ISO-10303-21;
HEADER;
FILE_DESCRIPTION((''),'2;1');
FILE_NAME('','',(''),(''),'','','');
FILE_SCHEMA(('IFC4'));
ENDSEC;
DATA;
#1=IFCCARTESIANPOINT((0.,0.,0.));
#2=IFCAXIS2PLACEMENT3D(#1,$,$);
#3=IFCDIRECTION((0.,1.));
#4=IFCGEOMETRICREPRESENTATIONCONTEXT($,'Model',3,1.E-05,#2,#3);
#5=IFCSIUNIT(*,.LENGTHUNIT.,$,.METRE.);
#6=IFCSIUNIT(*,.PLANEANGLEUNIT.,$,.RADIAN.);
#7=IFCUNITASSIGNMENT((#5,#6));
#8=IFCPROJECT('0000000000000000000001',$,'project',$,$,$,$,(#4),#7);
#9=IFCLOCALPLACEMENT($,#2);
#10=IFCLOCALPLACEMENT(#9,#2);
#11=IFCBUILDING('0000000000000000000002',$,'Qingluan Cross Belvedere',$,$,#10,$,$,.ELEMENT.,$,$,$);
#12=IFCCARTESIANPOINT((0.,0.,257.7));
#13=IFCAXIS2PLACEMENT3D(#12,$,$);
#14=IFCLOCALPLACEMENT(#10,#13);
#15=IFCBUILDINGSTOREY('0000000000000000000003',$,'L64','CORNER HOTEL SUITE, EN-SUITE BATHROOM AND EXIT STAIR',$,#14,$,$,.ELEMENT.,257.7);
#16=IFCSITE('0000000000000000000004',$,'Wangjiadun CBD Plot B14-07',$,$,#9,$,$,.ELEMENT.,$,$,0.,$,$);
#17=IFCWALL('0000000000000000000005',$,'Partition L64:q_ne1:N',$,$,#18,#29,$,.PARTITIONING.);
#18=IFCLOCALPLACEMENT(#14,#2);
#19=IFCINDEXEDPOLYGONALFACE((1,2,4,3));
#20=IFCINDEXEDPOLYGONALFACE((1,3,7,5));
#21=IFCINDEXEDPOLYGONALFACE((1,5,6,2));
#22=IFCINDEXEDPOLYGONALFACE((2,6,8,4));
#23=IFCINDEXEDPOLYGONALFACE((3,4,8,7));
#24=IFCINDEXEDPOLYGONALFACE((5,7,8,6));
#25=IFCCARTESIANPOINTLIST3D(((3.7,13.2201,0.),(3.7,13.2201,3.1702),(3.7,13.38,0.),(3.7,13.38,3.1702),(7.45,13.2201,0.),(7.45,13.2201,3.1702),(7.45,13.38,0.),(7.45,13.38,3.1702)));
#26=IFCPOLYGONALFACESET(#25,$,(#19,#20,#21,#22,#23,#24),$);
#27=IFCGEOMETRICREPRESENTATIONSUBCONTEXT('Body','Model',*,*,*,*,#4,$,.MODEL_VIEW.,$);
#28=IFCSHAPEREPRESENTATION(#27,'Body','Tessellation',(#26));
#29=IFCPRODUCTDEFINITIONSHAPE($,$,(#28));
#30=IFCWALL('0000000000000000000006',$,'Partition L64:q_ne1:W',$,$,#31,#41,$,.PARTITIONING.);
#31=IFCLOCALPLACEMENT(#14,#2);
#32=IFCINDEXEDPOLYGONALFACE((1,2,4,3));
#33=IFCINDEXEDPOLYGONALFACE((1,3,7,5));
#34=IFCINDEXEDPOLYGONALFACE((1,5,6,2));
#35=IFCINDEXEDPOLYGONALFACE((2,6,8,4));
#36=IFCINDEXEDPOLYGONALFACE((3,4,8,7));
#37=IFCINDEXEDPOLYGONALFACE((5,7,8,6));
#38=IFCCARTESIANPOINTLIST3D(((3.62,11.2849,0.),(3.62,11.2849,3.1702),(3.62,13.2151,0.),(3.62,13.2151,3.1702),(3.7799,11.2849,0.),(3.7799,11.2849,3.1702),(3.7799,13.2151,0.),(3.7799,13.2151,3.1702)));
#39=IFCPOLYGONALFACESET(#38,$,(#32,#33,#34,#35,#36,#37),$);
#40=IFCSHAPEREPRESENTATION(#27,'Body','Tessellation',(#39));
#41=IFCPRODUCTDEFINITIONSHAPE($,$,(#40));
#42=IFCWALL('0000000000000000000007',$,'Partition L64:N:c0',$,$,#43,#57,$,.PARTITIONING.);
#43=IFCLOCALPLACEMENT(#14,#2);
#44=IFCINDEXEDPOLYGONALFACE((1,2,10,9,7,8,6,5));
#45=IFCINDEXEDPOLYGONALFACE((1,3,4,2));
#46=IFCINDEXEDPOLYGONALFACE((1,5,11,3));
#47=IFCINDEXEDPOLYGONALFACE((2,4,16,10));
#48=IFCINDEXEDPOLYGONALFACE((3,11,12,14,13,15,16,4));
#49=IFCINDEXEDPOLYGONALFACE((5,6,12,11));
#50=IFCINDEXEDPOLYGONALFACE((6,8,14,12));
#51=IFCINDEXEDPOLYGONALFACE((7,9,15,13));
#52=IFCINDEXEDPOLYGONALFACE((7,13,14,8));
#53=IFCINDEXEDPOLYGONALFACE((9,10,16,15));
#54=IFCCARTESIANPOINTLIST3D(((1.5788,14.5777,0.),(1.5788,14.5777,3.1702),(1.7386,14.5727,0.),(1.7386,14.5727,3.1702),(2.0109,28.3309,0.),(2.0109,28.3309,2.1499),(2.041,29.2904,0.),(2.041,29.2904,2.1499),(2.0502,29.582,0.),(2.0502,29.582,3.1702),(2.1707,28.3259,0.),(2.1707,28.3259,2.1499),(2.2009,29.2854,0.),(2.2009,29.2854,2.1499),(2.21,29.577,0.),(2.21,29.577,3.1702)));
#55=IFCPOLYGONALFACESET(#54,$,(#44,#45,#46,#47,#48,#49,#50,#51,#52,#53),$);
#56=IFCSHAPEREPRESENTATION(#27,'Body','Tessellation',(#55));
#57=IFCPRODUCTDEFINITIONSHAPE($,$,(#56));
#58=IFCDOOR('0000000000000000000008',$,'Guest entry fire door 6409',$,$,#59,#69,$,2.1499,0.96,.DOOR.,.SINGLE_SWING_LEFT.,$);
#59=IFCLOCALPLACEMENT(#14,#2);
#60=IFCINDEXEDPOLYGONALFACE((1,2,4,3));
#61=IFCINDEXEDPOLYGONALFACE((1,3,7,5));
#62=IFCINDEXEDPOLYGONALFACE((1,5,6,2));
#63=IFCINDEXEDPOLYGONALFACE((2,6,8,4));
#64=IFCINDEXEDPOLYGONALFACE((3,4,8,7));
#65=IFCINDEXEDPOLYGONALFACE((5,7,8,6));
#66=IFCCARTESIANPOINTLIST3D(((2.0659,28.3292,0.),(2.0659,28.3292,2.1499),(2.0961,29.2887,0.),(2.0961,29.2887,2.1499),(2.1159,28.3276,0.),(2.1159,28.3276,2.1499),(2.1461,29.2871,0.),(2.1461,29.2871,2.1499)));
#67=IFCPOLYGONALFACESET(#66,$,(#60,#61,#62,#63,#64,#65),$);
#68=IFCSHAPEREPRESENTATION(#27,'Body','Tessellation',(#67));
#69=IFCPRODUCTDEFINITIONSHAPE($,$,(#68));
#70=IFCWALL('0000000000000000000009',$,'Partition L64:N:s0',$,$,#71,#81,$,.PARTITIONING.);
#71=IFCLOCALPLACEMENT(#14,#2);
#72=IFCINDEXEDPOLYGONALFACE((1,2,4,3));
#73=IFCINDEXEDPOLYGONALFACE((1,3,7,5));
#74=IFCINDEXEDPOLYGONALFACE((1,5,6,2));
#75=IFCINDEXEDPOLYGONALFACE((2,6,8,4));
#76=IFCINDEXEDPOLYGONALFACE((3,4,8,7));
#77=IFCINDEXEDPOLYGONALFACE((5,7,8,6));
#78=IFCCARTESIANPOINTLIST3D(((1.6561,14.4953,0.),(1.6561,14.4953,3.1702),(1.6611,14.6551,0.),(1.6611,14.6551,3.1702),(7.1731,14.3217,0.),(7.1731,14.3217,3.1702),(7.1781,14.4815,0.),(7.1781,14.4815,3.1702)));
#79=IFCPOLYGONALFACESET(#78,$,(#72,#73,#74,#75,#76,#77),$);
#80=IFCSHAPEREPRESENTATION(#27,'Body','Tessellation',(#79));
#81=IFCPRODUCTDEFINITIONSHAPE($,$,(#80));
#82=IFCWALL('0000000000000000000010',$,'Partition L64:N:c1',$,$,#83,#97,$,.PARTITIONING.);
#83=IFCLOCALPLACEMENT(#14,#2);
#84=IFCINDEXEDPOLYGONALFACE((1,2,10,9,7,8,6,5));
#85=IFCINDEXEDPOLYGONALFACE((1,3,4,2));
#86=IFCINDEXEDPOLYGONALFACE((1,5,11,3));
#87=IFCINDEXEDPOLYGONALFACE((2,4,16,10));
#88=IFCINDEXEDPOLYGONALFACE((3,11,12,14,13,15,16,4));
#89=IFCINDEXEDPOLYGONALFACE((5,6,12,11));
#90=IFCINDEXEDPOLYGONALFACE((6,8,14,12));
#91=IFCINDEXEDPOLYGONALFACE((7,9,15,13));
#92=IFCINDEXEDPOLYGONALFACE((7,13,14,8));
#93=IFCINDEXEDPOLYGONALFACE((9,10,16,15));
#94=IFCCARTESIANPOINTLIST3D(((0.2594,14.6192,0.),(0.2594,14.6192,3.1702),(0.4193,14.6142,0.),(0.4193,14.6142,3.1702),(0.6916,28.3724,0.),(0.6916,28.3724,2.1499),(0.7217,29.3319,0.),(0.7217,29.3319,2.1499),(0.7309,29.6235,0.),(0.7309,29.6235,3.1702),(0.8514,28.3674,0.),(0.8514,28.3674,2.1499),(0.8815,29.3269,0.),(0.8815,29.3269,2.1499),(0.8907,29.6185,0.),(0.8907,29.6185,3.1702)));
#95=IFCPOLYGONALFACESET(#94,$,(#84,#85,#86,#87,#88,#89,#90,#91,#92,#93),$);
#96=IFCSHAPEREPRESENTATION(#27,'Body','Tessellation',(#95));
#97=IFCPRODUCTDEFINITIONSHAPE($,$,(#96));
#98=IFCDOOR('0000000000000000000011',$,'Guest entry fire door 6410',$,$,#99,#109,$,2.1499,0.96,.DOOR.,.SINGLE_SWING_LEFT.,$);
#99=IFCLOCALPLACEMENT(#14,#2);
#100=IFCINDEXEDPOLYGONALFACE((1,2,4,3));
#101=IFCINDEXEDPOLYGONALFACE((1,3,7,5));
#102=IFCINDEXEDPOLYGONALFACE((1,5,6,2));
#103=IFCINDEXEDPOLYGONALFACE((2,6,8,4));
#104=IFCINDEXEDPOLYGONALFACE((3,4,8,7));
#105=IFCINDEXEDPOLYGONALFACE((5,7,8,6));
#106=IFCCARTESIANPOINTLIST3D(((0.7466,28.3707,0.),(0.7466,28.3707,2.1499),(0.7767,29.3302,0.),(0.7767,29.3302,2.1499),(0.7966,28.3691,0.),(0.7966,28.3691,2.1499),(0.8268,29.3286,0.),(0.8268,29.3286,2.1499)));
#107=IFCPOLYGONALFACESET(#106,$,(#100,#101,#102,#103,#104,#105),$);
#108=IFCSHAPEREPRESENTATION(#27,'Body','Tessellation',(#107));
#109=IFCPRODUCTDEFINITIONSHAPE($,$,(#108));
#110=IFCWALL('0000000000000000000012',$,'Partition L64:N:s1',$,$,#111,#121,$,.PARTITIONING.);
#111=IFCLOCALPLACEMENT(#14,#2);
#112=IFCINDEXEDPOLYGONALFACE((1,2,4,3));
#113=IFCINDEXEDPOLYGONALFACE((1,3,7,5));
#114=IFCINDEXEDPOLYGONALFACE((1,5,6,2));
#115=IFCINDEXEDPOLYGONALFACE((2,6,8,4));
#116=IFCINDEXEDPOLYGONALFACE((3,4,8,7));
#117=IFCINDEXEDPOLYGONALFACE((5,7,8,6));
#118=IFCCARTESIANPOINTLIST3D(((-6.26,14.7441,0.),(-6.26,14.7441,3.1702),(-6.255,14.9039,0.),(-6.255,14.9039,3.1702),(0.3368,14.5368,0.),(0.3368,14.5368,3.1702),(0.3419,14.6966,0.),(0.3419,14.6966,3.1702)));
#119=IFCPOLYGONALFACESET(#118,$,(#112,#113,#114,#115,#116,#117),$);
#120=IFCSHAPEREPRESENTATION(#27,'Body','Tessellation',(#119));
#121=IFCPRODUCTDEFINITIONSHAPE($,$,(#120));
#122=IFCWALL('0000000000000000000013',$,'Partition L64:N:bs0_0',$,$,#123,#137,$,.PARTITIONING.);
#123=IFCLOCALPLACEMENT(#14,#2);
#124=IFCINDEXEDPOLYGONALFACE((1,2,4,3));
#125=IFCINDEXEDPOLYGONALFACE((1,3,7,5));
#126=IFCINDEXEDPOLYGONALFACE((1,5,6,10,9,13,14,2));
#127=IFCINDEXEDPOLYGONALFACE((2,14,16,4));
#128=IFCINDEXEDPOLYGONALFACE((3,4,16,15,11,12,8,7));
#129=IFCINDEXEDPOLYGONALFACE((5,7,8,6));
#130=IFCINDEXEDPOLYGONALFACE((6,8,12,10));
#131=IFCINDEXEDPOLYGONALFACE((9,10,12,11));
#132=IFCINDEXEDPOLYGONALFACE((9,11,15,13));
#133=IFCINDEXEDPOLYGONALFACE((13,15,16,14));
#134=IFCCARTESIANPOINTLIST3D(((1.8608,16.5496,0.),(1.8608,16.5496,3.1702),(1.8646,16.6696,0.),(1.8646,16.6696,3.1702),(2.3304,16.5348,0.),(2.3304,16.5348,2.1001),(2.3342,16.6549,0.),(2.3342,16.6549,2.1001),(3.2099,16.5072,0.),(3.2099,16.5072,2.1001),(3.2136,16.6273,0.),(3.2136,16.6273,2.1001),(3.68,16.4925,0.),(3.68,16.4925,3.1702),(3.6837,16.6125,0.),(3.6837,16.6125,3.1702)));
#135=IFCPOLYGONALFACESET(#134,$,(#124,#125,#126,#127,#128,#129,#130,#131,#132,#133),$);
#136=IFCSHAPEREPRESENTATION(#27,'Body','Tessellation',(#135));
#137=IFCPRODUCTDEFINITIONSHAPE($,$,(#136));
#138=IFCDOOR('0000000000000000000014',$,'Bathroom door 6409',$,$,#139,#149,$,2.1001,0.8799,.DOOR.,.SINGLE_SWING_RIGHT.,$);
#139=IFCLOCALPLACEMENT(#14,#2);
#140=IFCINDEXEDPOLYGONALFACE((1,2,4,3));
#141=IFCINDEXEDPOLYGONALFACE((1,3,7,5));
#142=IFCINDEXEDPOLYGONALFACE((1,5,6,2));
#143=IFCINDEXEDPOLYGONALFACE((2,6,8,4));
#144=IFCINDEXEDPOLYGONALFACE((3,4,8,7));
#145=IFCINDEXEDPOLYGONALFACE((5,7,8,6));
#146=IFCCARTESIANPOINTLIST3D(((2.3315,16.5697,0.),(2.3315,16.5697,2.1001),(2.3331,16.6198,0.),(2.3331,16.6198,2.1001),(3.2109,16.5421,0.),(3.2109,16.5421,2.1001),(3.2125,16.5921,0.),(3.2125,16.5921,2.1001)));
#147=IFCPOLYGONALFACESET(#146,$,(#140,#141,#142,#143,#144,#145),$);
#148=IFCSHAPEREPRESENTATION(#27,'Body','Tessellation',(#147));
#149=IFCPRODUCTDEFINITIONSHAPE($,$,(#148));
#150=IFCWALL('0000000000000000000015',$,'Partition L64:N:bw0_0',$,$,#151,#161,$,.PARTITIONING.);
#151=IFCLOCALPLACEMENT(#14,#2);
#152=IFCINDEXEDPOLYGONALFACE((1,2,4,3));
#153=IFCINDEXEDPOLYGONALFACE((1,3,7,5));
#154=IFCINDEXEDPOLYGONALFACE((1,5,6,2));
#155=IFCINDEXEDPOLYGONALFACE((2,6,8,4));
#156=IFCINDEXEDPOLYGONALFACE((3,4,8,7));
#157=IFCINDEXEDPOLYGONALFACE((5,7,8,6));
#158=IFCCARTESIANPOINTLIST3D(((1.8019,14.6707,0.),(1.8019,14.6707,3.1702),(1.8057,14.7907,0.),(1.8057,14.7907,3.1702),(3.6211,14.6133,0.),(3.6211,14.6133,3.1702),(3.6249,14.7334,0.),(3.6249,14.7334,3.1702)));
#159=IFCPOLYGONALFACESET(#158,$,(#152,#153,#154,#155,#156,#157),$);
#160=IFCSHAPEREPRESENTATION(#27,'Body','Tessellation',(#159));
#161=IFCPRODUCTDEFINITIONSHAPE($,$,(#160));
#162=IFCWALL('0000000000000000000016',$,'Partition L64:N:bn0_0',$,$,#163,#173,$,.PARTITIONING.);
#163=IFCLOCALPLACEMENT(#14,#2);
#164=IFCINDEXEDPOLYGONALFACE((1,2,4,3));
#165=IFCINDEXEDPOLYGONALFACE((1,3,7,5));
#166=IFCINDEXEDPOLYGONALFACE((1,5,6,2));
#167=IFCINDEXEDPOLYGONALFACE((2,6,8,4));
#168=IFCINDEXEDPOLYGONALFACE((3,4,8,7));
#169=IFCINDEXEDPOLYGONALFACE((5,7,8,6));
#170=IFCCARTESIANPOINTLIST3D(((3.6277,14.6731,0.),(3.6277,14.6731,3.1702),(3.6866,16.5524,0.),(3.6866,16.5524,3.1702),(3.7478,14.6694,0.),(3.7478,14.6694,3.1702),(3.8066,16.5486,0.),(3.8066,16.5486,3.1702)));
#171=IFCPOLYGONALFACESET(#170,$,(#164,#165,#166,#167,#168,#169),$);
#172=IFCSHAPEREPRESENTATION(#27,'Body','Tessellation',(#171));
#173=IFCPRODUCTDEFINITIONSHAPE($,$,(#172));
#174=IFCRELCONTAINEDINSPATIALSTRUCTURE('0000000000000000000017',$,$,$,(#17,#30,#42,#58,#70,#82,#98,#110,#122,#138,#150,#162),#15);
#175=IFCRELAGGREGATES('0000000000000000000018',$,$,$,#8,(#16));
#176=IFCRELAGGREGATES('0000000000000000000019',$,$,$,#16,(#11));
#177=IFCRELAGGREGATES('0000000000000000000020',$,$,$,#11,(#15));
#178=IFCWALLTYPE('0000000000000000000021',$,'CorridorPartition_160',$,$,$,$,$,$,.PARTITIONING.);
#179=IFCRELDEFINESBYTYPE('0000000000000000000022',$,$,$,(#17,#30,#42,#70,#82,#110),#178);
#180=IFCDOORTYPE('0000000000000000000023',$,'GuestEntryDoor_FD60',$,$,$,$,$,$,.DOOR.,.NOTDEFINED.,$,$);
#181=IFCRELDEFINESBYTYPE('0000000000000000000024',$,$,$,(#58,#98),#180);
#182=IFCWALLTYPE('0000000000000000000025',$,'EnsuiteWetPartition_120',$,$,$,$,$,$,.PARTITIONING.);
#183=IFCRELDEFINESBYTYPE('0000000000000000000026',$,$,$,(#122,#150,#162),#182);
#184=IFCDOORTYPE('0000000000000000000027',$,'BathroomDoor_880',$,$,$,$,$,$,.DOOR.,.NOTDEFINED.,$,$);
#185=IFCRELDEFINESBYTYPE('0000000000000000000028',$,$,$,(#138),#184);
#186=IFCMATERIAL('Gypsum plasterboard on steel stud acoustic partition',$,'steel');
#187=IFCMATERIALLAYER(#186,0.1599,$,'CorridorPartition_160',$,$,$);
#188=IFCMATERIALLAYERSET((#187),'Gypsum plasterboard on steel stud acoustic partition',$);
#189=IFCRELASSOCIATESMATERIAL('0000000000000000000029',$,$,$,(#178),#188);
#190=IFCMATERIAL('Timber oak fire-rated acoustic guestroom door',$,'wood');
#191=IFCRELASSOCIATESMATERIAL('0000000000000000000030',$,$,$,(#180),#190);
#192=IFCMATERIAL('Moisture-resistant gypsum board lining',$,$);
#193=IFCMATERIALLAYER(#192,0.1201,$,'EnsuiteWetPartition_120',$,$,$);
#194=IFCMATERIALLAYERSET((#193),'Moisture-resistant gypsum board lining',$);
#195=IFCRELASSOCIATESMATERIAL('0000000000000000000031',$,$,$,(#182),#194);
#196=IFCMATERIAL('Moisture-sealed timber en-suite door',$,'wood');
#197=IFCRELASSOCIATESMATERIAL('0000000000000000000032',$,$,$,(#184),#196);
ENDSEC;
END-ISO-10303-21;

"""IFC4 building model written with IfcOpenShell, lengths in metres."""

from ifc_helpers import new_model, si_unit, direction, frame, frame_2d, origin, place, context, subcontext, project, spatial, rectangle, extrude, material, layer, layer_set, type_object, element, fill, save


model = new_model("IFC4")

# Units and contexts
model_context = context("Model", 3, precision=1e-05, world=origin(), true_north=direction((0.0, 1.0)))
body_context = subcontext(model_context, "Body", "Model", "MODEL_VIEW")
ifc_project = project(units=[si_unit("LENGTHUNIT", "METRE"), si_unit("PLANEANGLEUNIT", "RADIAN")], contexts=[model_context])

# Site, building, storey
site_placement = place(None, origin())
site = spatial("IfcSite", under=ifc_project, at=site_placement, Name="Wangjiadun CBD Plot B14-07", CompositionType="ELEMENT", RefElevation=0.0)
building_placement = place(site_placement, origin())
building = spatial("IfcBuilding", under=site, at=building_placement, Name="Qingluan Cross Belvedere", CompositionType="ELEMENT")
storey_placement = place(building_placement, frame((0.0, 0.0, 257.7)))
storey = spatial("IfcBuildingStorey", under=building, at=storey_placement, Name="L64", Description="CORNER HOTEL SUITE, EN-SUITE BATHROOM AND EXIT STAIR", CompositionType="ELEMENT", Elevation=257.7)

# Walls
ifc_material_1 = material(Name="Gypsum plasterboard on steel stud acoustic partition", Category="steel")
ifc_layer_1 = layer(ifc_material_1, 0.1599, Name="CorridorPartition_160")
ifc_layer_set_1 = layer_set([ifc_layer_1], Name="Gypsum plasterboard on steel stud acoustic partition")
wall_type_1 = type_object("IfcWallType", Name="CorridorPartition_160", PredefinedType="PARTITIONING", material=ifc_layer_set_1)
wall_1_placement = place(storey_placement, frame((3.7, 13.3, 0.0), z_axis=(0.0, 0.0, 1.0), x_axis=(1.0, 0.0, 0.0)))
element("IfcWall", 1, at=wall_1_placement, inside=storey, type_object=wall_type_1, Name="Partition L64:q_ne1:N", PredefinedType="PARTITIONING", context=body_context, shape_type="SweptSolid", body=[
    extrude(rectangle(XDim=3.75, YDim=0.1599, at=frame_2d((1.875, 0.0))), origin(), (0.0, 0.0, 1.0), 3.1702),
])
wall_2_placement = place(storey_placement, frame((3.7, 11.2849, 0.0), z_axis=(0.0, 0.0, 1.0), x_axis=(0.0, 1.0, 0.0)))
element("IfcWall", 2, at=wall_2_placement, inside=storey, type_object=wall_type_1, Name="Partition L64:q_ne1:W", PredefinedType="PARTITIONING", context=body_context, shape_type="SweptSolid", body=[
    extrude(rectangle(XDim=1.9302, YDim=0.1599, at=frame_2d((0.9651, 0.0))), origin(), (0.0, 0.0, 1.0), 3.1702),
])

# Wall, opening, door
wall_3_placement = place(storey_placement, frame((1.6587, 14.5752, 0.0), z_axis=(0.0, 0.0, 1.0), x_axis=(0.031404, 0.999507, 0.0)))
wall_3 = element("IfcWall", 3, at=wall_3_placement, inside=storey, type_object=wall_type_1, Name="Partition L64:N:c0", PredefinedType="PARTITIONING", context=body_context, shape_type="SweptSolid", body=[
    extrude(rectangle(XDim=15.0117, YDim=0.1599, at=frame_2d((7.5059, 0.0))), origin(), (0.0, 0.0, 1.0), 3.1702),
])
opening_1_placement = place(wall_3_placement, frame((13.76, 0.0, 0.0)))
opening_1 = element("IfcOpeningElement", 4, at=opening_1_placement, cuts=wall_3, PredefinedType="OPENING", context=body_context, shape_type="SweptSolid", body=[
    extrude(rectangle(XDim=0.96, YDim=2.1499, at=frame_2d((0.48, 1.075))), frame((0.0, 0.0898, 0.0), z_axis=(0.0, -1.0, 0.0), x_axis=(1.0, 0.0, 0.0)), (0.0, 0.0, 1.0), 0.1799),
])
ifc_material_2 = material(Name="Timber oak fire-rated acoustic guestroom door", Category="wood")
door_type_1 = type_object("IfcDoorType", Name="GuestEntryDoor_FD60", OperationType="NOTDEFINED", PredefinedType="DOOR", material=ifc_material_2)
door_1_placement = place(opening_1_placement, origin())
door_1 = element("IfcDoor", 5, at=door_1_placement, inside=storey, type_object=door_type_1, Name="Guest entry fire door 6409", OperationType="SINGLE_SWING_LEFT", OverallHeight=2.1499, OverallWidth=0.96, PredefinedType="DOOR", context=body_context, shape_type="SweptSolid", body=[
    extrude(rectangle(XDim=0.96, YDim=2.1499, at=frame_2d((0.48, 1.075))), frame((0.0, 0.0249, 0.0), z_axis=(0.0, -1.0, 0.0), x_axis=(1.0, 0.0, 0.0)), (0.0, 0.0, 1.0), 0.05),
])
fill(opening_1, door_1)

# Wall
wall_4_placement = place(storey_placement, frame((1.6587, 14.5752, 0.0), z_axis=(0.0, 0.0, 1.0), x_axis=(0.999505, -0.031447, 0.0)))
element("IfcWall", 6, at=wall_4_placement, inside=storey, type_object=wall_type_1, Name="Partition L64:N:s0", PredefinedType="PARTITIONING", context=body_context, shape_type="SweptSolid", body=[
    extrude(rectangle(XDim=5.5198, YDim=0.1599, at=frame_2d((2.7598, 0.0))), origin(), (0.0, 0.0, 1.0), 3.1702),
])

# Wall, opening, door
wall_5_placement = place(storey_placement, frame((0.3394, 14.6167, 0.0), z_axis=(0.0, 0.0, 1.0), x_axis=(0.031404, 0.999507, 0.0)))
wall_5 = element("IfcWall", 7, at=wall_5_placement, inside=storey, type_object=wall_type_1, Name="Partition L64:N:c1", PredefinedType="PARTITIONING", context=body_context, shape_type="SweptSolid", body=[
    extrude(rectangle(XDim=15.0117, YDim=0.1599, at=frame_2d((7.5059, 0.0))), origin(), (0.0, 0.0, 1.0), 3.1702),
])
opening_2_placement = place(wall_5_placement, frame((13.76, 0.0, 0.0)))
opening_2 = element("IfcOpeningElement", 8, at=opening_2_placement, cuts=wall_5, PredefinedType="OPENING", context=body_context, shape_type="SweptSolid", body=[
    extrude(rectangle(XDim=0.96, YDim=2.1499, at=frame_2d((0.48, 1.075))), frame((0.0, 0.0898, 0.0), z_axis=(0.0, -1.0, 0.0), x_axis=(1.0, 0.0, 0.0)), (0.0, 0.0, 1.0), 0.1799),
])
door_2_placement = place(opening_2_placement, origin())
door_2 = element("IfcDoor", 9, at=door_2_placement, inside=storey, type_object=door_type_1, Name="Guest entry fire door 6410", OperationType="SINGLE_SWING_LEFT", OverallHeight=2.1499, OverallWidth=0.96, PredefinedType="DOOR", context=body_context, shape_type="SweptSolid", body=[
    extrude(rectangle(XDim=0.96, YDim=2.1499, at=frame_2d((0.48, 1.075))), frame((0.0, 0.0249, 0.0), z_axis=(0.0, -1.0, 0.0), x_axis=(1.0, 0.0, 0.0)), (0.0, 0.0, 1.0), 0.05),
])
fill(opening_2, door_2)

# Wall
wall_6_placement = place(storey_placement, frame((0.3394, 14.6167, 0.0), z_axis=(0.0, 0.0, 1.0), x_axis=(-0.999507, 0.031405, 0.0)))
element("IfcWall", 10, at=wall_6_placement, inside=storey, type_object=wall_type_1, Name="Partition L64:N:s1", PredefinedType="PARTITIONING", context=body_context, shape_type="SweptSolid", body=[
    extrude(rectangle(XDim=6.6001, YDim=0.1599, at=frame_2d((3.3, 0.0))), origin(), (0.0, 0.0, 1.0), 3.1702),
])

# Wall, opening, door
ifc_material_3 = material(Name="Moisture-resistant gypsum board lining")
ifc_layer_2 = layer(ifc_material_3, 0.1201, Name="EnsuiteWetPartition_120")
ifc_layer_set_2 = layer_set([ifc_layer_2], Name="Moisture-resistant gypsum board lining")
wall_type_2 = type_object("IfcWallType", Name="EnsuiteWetPartition_120", PredefinedType="PARTITIONING", material=ifc_layer_set_2)
wall_7_placement = place(storey_placement, frame((1.8625, 16.6096, 0.0), z_axis=(0.0, 0.0, 1.0), x_axis=(0.999507, -0.03139, 0.0)))
wall_7 = element("IfcWall", 11, at=wall_7_placement, inside=storey, type_object=wall_type_2, Name="Partition L64:N:bs0_0", PredefinedType="PARTITIONING", context=body_context, shape_type="SweptSolid", body=[
    extrude(rectangle(XDim=1.8201, YDim=0.1201, at=frame_2d((0.9102, 0.0))), origin(), (0.0, 0.0, 1.0), 3.1702),
])
opening_3_placement = place(wall_7_placement, frame((0.47, 0.0, 0.0)))
opening_3 = element("IfcOpeningElement", 12, at=opening_3_placement, cuts=wall_7, PredefinedType="OPENING", context=body_context, shape_type="SweptSolid", body=[
    extrude(rectangle(XDim=0.8799, YDim=2.1001, at=frame_2d((0.4399, 1.05))), frame((0.0, 0.0701, 0.0), z_axis=(0.0, -1.0, 0.0), x_axis=(1.0, 0.0, 0.0)), (0.0, 0.0, 1.0), 0.1401),
])
ifc_material_4 = material(Name="Moisture-sealed timber en-suite door", Category="wood")
door_type_2 = type_object("IfcDoorType", Name="BathroomDoor_880", OperationType="NOTDEFINED", PredefinedType="DOOR", material=ifc_material_4)
door_3_placement = place(opening_3_placement, origin())
door_3 = element("IfcDoor", 13, at=door_3_placement, inside=storey, type_object=door_type_2, Name="Bathroom door 6409", OperationType="SINGLE_SWING_RIGHT", OverallHeight=2.1001, OverallWidth=0.8799, PredefinedType="DOOR", context=body_context, shape_type="SweptSolid", body=[
    extrude(rectangle(XDim=0.8799, YDim=2.1001, at=frame_2d((0.4399, 1.05))), frame((0.0, 0.0249, 0.0), z_axis=(0.0, -1.0, 0.0), x_axis=(1.0, 0.0, 0.0)), (0.0, 0.0, 1.0), 0.05),
])
fill(opening_3, door_3)

# Walls
wall_8_placement = place(storey_placement, frame((1.8037, 14.7307, 0.0), z_axis=(0.0, 0.0, 1.0), x_axis=(0.999503, -0.031524, 0.0)))
element("IfcWall", 14, at=wall_8_placement, inside=storey, type_object=wall_type_2, Name="Partition L64:N:bw0_0", PredefinedType="PARTITIONING", context=body_context, shape_type="SweptSolid", body=[
    extrude(rectangle(XDim=1.8201, YDim=0.1201, at=frame_2d((0.9102, 0.0))), origin(), (0.0, 0.0, 1.0), 3.1702),
])
wall_9_placement = place(storey_placement, frame((3.6877, 14.6714, 0.0), z_axis=(0.0, 0.0, 1.0), x_axis=(0.031296, 0.99951, 0.0)))
element("IfcWall", 15, at=wall_9_placement, inside=storey, type_object=wall_type_2, Name="Partition L64:N:bn0_0", PredefinedType="PARTITIONING", context=body_context, shape_type="SweptSolid", body=[
    extrude(rectangle(XDim=1.8801, YDim=0.1201, at=frame_2d((0.9399, 0.0))), origin(), (0.0, 0.0, 1.0), 3.1702),
])

save(model, "model.ifc")
